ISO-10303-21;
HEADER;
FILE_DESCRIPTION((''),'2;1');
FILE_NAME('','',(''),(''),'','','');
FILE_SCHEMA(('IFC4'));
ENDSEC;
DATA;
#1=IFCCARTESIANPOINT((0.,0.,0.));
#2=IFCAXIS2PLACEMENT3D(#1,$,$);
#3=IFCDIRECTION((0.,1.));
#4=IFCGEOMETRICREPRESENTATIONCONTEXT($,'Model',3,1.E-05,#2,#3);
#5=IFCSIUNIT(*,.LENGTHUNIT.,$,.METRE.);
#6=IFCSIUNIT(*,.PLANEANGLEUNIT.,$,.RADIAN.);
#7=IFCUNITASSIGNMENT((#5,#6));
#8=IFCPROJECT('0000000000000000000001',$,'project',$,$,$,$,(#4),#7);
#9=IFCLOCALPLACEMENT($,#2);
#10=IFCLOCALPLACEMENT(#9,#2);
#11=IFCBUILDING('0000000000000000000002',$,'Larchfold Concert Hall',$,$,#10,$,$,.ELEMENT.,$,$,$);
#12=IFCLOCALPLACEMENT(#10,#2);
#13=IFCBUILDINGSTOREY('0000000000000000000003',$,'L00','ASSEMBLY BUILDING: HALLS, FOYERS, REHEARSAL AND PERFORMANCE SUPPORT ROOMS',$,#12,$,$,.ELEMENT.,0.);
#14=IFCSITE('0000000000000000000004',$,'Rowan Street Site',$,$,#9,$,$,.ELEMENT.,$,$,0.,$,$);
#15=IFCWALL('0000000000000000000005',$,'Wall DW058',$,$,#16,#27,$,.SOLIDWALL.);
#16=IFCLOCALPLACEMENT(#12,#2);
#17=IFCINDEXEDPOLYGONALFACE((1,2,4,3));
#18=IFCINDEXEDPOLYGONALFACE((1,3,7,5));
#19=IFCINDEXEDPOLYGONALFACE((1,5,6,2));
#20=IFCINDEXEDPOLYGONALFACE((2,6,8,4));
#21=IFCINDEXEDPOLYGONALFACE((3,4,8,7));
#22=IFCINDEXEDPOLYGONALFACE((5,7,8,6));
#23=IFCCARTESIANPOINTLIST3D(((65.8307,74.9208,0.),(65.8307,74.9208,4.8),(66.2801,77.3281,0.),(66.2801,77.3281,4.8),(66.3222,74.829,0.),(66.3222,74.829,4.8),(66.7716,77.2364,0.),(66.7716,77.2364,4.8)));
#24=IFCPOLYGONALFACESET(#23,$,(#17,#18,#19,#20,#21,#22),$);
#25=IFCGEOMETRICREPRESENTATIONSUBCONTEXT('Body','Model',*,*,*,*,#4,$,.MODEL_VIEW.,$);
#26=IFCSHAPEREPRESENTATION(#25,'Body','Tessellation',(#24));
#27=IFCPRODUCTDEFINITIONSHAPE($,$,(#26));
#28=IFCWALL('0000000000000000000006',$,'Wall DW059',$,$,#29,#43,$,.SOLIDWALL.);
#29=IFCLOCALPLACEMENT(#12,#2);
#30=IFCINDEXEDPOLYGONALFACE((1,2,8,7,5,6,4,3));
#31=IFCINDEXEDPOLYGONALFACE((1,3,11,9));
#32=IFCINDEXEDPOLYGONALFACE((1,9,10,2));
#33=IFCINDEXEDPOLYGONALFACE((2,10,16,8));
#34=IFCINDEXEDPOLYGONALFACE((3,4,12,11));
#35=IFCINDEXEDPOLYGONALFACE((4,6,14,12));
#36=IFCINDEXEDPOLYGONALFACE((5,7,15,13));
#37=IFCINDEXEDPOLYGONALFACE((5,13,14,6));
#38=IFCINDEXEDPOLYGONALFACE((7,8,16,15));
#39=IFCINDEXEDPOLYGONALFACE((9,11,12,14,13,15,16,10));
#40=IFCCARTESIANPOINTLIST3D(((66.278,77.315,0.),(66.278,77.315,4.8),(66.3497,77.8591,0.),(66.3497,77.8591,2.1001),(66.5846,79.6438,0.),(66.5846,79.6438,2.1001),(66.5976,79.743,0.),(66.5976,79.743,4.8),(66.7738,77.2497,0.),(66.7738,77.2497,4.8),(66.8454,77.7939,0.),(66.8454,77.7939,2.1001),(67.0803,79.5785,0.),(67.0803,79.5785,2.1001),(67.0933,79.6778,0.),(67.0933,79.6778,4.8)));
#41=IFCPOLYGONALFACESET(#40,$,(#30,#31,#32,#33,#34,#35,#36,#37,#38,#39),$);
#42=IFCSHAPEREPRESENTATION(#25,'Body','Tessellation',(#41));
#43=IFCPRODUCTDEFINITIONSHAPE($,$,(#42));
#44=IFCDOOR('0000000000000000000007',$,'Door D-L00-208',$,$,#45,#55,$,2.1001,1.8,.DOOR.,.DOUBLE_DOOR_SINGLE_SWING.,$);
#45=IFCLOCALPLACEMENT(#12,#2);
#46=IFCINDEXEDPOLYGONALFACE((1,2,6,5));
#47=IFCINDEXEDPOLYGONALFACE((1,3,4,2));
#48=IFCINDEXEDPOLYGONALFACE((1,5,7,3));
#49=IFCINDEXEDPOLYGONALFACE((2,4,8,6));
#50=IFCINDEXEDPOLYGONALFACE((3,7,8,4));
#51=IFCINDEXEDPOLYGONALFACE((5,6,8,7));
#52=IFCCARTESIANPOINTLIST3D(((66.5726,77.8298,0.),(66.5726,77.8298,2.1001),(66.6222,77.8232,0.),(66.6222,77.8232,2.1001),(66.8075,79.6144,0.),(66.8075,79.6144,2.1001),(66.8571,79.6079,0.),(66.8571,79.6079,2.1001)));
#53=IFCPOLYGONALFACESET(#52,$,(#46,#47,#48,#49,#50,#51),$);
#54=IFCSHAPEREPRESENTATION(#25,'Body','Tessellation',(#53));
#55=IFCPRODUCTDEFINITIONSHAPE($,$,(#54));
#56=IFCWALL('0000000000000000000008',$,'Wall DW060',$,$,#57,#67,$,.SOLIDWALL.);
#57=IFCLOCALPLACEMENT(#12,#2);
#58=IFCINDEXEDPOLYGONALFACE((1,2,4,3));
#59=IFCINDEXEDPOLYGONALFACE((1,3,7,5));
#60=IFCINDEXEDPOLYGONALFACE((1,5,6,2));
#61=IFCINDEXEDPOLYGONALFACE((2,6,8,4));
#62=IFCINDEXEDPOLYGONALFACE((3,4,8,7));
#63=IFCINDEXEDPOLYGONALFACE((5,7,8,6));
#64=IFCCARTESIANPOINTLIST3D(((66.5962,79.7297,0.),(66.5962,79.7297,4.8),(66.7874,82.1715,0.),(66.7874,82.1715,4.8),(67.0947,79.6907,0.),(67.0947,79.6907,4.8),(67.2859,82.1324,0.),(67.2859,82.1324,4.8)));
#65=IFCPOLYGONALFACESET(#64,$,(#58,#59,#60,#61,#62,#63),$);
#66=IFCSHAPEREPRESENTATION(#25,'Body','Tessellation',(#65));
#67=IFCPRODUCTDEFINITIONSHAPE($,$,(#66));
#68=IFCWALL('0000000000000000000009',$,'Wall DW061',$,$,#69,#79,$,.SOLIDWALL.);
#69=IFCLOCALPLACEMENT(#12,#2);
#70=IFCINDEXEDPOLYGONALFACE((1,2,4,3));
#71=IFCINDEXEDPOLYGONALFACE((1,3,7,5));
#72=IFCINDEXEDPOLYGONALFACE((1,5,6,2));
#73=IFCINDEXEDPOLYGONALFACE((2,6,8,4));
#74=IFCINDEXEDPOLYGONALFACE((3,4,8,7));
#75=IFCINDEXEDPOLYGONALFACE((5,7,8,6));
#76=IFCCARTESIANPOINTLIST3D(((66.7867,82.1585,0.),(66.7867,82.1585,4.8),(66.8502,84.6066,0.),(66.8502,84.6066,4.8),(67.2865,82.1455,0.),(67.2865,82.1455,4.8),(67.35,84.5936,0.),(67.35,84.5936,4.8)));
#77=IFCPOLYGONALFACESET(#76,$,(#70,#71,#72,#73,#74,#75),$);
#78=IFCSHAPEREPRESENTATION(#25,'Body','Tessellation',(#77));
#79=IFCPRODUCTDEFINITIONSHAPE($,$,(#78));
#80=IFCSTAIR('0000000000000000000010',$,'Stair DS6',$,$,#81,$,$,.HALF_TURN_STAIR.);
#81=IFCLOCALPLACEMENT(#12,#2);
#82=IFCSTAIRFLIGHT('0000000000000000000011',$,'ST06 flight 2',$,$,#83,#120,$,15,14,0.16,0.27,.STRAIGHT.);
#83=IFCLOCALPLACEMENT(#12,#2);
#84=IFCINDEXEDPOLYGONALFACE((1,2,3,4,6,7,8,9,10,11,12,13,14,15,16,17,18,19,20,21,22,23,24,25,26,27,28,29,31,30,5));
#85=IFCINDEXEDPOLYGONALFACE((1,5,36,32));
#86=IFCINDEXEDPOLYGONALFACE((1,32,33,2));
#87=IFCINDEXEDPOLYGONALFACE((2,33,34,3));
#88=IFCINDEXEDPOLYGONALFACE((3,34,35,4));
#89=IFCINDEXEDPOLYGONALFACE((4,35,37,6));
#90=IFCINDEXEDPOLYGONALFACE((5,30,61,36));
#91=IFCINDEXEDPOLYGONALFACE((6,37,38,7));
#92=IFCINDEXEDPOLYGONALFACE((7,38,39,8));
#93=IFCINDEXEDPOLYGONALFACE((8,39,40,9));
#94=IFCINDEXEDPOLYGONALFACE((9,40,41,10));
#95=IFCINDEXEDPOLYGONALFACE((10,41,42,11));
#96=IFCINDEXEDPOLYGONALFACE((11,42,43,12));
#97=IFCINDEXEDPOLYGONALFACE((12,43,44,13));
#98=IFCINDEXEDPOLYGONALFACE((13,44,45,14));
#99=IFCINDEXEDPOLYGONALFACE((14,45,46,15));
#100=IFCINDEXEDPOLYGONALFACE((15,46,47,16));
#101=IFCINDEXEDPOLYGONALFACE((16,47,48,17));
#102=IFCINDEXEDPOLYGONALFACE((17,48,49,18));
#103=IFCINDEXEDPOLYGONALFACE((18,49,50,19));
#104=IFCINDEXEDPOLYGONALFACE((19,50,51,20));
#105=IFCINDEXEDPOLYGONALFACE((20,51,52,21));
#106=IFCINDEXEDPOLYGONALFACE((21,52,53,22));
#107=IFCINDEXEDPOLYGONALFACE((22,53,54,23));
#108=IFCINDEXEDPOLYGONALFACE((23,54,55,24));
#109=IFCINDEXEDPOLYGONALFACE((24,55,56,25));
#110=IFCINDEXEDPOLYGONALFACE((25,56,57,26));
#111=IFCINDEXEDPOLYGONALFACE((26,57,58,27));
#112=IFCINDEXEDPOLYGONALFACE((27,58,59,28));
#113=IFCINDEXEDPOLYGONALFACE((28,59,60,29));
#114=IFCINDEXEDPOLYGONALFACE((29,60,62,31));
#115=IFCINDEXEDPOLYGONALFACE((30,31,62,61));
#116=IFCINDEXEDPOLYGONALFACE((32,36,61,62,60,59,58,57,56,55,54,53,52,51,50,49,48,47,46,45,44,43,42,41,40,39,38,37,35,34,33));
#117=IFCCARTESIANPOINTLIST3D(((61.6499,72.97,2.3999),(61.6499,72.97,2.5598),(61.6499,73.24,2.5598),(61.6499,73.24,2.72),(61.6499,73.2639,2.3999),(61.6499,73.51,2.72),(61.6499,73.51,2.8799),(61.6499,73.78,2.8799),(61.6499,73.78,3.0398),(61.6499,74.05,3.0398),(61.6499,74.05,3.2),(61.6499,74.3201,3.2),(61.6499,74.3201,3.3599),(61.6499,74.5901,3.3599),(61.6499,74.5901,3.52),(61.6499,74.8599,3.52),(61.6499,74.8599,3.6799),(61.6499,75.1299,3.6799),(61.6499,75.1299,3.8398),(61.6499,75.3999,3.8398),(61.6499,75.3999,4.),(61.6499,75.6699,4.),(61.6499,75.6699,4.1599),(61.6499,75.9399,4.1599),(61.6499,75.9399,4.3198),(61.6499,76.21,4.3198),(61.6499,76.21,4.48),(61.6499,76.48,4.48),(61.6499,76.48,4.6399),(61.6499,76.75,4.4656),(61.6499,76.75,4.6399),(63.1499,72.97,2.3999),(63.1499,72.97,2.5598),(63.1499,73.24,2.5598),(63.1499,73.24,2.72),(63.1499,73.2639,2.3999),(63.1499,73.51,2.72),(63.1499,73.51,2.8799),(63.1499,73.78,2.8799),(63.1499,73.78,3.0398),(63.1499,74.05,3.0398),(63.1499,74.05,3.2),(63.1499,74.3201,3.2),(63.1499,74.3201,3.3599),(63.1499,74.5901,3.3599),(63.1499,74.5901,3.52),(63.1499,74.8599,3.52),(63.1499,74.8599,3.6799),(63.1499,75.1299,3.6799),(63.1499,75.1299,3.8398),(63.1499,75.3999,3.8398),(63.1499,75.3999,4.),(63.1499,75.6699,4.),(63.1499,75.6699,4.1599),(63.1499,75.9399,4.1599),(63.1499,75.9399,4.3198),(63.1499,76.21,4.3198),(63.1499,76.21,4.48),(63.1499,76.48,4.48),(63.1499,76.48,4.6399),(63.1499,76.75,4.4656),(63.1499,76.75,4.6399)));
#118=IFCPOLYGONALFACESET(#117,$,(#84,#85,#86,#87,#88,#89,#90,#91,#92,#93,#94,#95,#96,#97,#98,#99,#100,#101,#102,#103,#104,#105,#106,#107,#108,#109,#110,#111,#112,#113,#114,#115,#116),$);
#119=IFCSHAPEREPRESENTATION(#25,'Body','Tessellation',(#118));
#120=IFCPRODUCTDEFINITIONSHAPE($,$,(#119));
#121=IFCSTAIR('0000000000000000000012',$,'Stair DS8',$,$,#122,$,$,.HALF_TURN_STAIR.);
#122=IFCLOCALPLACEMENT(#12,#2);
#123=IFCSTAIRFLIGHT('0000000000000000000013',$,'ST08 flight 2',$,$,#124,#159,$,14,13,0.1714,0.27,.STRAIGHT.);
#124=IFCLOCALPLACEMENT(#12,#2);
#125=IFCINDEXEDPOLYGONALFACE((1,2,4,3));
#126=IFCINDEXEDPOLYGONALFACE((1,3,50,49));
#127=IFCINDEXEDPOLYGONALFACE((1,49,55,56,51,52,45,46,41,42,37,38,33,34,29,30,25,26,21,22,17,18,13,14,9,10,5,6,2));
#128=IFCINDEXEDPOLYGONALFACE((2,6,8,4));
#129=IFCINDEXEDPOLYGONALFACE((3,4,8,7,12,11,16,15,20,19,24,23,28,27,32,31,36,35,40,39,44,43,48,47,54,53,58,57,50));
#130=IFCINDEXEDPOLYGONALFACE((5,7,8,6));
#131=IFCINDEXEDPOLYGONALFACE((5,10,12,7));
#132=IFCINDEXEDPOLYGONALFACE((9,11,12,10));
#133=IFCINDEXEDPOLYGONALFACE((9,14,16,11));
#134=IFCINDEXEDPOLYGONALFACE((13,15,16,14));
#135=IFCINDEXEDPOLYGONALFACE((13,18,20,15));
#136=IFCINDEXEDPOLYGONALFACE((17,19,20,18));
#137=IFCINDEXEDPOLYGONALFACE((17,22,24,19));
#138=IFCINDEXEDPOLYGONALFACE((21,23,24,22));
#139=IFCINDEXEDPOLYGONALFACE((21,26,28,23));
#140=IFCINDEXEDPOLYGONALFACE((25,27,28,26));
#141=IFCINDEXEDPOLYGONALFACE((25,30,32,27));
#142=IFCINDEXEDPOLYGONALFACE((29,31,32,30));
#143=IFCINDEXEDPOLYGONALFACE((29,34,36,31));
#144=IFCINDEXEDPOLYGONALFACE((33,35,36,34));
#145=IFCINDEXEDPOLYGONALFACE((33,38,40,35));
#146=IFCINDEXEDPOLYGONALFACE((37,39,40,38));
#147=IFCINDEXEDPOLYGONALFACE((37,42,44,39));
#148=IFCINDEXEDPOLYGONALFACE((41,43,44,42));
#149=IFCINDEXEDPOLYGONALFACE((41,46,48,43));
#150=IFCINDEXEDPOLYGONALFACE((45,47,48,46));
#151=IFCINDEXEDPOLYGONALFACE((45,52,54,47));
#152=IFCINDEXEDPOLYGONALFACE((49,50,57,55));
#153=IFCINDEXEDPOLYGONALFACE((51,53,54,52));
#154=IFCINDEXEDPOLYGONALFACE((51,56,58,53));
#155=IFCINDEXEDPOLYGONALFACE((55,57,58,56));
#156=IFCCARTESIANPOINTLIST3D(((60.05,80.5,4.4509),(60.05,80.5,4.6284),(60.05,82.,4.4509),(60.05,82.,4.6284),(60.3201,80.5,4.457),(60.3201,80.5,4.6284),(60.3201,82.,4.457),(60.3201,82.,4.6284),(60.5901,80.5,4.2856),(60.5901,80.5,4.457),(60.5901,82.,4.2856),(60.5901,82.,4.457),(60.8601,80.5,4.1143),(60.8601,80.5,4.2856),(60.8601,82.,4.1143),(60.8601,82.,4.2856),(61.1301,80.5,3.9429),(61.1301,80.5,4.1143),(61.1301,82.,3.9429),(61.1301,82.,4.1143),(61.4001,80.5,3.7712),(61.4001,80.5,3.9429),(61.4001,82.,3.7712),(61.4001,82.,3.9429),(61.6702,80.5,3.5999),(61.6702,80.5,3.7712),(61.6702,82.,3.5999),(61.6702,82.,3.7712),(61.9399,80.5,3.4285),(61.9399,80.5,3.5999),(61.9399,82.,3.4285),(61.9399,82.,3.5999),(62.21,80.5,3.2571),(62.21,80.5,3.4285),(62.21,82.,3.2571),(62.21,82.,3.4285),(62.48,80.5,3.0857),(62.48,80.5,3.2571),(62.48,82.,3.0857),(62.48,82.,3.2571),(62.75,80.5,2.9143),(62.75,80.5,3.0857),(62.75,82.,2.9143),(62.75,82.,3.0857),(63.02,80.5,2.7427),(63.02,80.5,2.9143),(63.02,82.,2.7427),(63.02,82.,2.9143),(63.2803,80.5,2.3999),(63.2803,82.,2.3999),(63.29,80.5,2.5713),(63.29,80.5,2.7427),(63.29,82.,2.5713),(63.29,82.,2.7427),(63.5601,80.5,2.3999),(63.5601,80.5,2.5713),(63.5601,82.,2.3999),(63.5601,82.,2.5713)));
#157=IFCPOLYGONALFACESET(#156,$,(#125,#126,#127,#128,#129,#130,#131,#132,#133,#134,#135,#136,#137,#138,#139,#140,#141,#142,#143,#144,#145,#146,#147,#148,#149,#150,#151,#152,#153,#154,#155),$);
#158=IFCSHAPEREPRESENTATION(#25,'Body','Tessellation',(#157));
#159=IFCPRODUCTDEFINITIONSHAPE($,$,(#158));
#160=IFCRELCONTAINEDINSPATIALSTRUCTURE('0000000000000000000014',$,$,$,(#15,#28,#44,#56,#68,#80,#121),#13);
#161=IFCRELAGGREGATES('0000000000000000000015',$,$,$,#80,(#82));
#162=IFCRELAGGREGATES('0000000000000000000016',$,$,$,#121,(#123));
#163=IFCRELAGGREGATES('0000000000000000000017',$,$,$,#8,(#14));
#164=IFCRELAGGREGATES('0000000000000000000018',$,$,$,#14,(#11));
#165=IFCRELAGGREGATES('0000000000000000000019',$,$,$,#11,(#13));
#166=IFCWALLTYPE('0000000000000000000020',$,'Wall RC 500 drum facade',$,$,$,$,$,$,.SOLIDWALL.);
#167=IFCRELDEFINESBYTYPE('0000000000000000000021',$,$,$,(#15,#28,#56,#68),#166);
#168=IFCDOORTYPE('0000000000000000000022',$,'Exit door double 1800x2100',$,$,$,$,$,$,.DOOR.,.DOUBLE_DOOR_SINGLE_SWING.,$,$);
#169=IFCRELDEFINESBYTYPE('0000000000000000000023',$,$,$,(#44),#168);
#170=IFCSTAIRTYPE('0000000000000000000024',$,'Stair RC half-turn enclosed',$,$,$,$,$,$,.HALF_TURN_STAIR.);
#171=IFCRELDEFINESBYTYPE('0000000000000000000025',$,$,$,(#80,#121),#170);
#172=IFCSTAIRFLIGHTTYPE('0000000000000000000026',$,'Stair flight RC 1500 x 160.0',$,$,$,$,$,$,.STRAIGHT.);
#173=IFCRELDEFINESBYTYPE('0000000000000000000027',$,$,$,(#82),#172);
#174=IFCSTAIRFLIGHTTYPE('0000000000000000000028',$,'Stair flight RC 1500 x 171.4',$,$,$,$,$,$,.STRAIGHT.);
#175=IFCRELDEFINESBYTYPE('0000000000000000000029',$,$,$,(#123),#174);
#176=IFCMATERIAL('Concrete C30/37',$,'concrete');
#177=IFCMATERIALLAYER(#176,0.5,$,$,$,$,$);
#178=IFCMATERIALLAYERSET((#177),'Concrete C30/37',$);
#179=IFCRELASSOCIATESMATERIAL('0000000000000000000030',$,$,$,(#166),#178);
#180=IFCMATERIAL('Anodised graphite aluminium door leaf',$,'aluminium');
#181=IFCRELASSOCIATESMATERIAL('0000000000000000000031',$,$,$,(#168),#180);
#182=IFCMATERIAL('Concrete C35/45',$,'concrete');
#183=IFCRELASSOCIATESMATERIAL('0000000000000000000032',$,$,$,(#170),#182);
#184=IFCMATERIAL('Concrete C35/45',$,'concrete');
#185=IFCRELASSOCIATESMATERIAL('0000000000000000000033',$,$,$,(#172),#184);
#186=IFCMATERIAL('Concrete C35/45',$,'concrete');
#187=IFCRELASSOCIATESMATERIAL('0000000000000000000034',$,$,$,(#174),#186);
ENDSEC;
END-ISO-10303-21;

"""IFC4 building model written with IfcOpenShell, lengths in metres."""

from ifc_helpers import new_model, si_unit, direction, frame, frame_2d, origin, place, context, subcontext, project, spatial, polyline, rectangle, outline, extrude, material, layer, layer_set, type_object, element, fill, aggregate, save


model = new_model("IFC4")

# Units and contexts
model_context = context("Model", 3, precision=1e-05, world=origin(), true_north=direction((0.0, 1.0)))
body_context = subcontext(model_context, "Body", "Model", "MODEL_VIEW")
ifc_project = project(units=[si_unit("LENGTHUNIT", "METRE"), si_unit("PLANEANGLEUNIT", "RADIAN")], contexts=[model_context])

# Site, building, storey
site_placement = place(None, origin())
site = spatial("IfcSite", under=ifc_project, at=site_placement, Name="Rowan Street Site", CompositionType="ELEMENT", RefElevation=0.0)
building_placement = place(site_placement, origin())
building = spatial("IfcBuilding", under=site, at=building_placement, Name="Larchfold Concert Hall", CompositionType="ELEMENT")
storey_placement = place(building_placement, origin())
storey = spatial("IfcBuildingStorey", under=building, at=storey_placement, Name="L00", Description="ASSEMBLY BUILDING: HALLS, FOYERS, REHEARSAL AND PERFORMANCE SUPPORT ROOMS", CompositionType="ELEMENT", Elevation=0.0)

# Shared definitions
ifc_material_1 = material(Name="Concrete C30/37", Category="concrete")
ifc_layer_1 = layer(ifc_material_1, 0.5)
ifc_layer_set_1 = layer_set([ifc_layer_1], Name="Concrete C30/37")
wall_type_1 = type_object("IfcWallType", Name="Wall RC 500 drum facade", PredefinedType="SOLIDWALL", material=ifc_layer_set_1)

# Shared definitions
ifc_material_2 = material(Name="Anodised graphite aluminium door leaf", Category="aluminium")
door_type_1 = type_object("IfcDoorType", Name="Exit door double 1800x2100", OperationType="DOUBLE_DOOR_SINGLE_SWING", PredefinedType="DOOR", material=ifc_material_2)

# Wall
wall_1_placement = place(storey_placement, frame((66.0764, 74.8748, 0.0), z_axis=(0.0, 0.0, 1.0), x_axis=(0.183524, 0.983015, 0.0)))
element("IfcWall", 1, at=wall_1_placement, inside=storey, type_object=wall_type_1, Name="Wall DW058", PredefinedType="SOLIDWALL", context=body_context, shape_type="SweptSolid", body=[
    extrude(rectangle(XDim=2.449, YDim=0.5, at=frame_2d((1.2246, 0.0))), origin(), (0.0, 0.0, 1.0), 4.8),
])

# Wall, opening, door
wall_2_placement = place(storey_placement, frame((66.5259, 77.2822, 0.0), z_axis=(0.0, 0.0, 1.0), x_axis=(0.130498, 0.991449, 0.0)))
wall_2 = element("IfcWall", 2, at=wall_2_placement, inside=storey, type_object=wall_type_1, Name="Wall DW059", PredefinedType="SOLIDWALL", context=body_context, shape_type="SweptSolid", body=[
    extrude(rectangle(XDim=2.449, YDim=0.5, at=frame_2d((1.2246, 0.0))), origin(), (0.0, 0.0, 1.0), 4.8),
])
opening_1_placement = place(wall_2_placement, frame((2.3489, 0.0, 0.0), z_axis=(0.0, 0.0, 1.0), x_axis=(-1.0, 0.0, 0.0)))
opening_1 = element("IfcOpeningElement", 3, at=opening_1_placement, cuts=wall_2, PredefinedType="OPENING", context=body_context, shape_type="SweptSolid", body=[
    extrude(rectangle(XDim=1.8, YDim=2.1001, at=frame_2d((0.8999, 1.05))), frame((0.0, 0.26, 0.0), z_axis=(0.0, -1.0, 0.0), x_axis=(1.0, 0.0, 0.0)), (0.0, 0.0, 1.0), 0.52),
])
door_1_placement = place(opening_1_placement, origin())
door_1 = element("IfcDoor", 4, at=door_1_placement, inside=storey, type_object=door_type_1, Name="Door D-L00-208", OperationType="DOUBLE_DOOR_SINGLE_SWING", OverallHeight=2.1001, OverallWidth=1.8, PredefinedType="DOOR", context=body_context, shape_type="SweptSolid", body=[
    extrude(rectangle(XDim=1.8, YDim=2.1001, at=frame_2d((0.8999, 1.05))), frame((0.0, 0.0249, 0.0), z_axis=(0.0, -1.0, 0.0), x_axis=(1.0, 0.0, 0.0)), (0.0, 0.0, 1.0), 0.05),
])
fill(opening_1, door_1)

# Walls
wall_3_placement = place(storey_placement, frame((66.8455, 79.7102, 0.0), z_axis=(0.0, 0.0, 1.0), x_axis=(0.078053, 0.996949, 0.0)))
element("IfcWall", 5, at=wall_3_placement, inside=storey, type_object=wall_type_1, Name="Wall DW060", PredefinedType="SOLIDWALL", context=body_context, shape_type="SweptSolid", body=[
    extrude(rectangle(XDim=2.4492, YDim=0.5, at=frame_2d((1.2246, 0.0))), origin(), (0.0, 0.0, 1.0), 4.8),
])
wall_4_placement = place(storey_placement, frame((67.0366, 82.1519, 0.0), z_axis=(0.0, 0.0, 1.0), x_axis=(0.025919, 0.999664, 0.0)))
element("IfcWall", 6, at=wall_4_placement, inside=storey, type_object=wall_type_1, Name="Wall DW061", PredefinedType="SOLIDWALL", context=body_context, shape_type="SweptSolid", body=[
    extrude(rectangle(XDim=2.449, YDim=0.5, at=frame_2d((1.2246, 0.0))), origin(), (0.0, 0.0, 1.0), 4.8),
])

# Stairs, stair flights
ifc_material_3 = material(Name="Concrete C35/45", Category="concrete")
stair_type = type_object("IfcStairType", Name="Stair RC half-turn enclosed", PredefinedType="HALF_TURN_STAIR", material=ifc_material_3)
stair_1_placement = place(storey_placement, origin())
stair_1 = element("IfcStair", 7, at=stair_1_placement, inside=storey, type_object=stair_type, Name="Stair DS6", PredefinedType="HALF_TURN_STAIR")
ifc_material_4 = material(Name="Concrete C35/45", Category="concrete")
stair_flight_type_1 = type_object("IfcStairFlightType", Name="Stair flight RC 1500 x 160.0", PredefinedType="STRAIGHT", material=ifc_material_4)
stair_flight_1_placement = place(storey_placement, frame((62.3999, 72.97, 2.3999), z_axis=(0.0, 0.0, 1.0), x_axis=(0.0, 1.0, 0.0)))
stair_flight_1 = element("IfcStairFlight", 8, at=stair_flight_1_placement, type_object=stair_flight_type_1, Name="ST06 flight 2", NumberOfRisers=15, NumberOfTreads=14, PredefinedType="STRAIGHT", RiserHeight=0.16, TreadLength=0.27, context=body_context, shape_type="SweptSolid", body=[
    extrude(outline(polyline([(0.0, 0.0), (0.0, 0.1599), (0.27, 0.1599), (0.27, 0.3201), (0.54, 0.3201), (0.54, 0.48), (0.8101, 0.48), (0.8101, 0.6399), (1.0801, 0.6399), (1.0801, 0.8), (1.3501, 0.8), (1.3501, 0.96), (1.6201, 0.96), (1.6201, 1.1201), (1.8899, 1.1201), (1.8899, 1.28), (2.1599, 1.28), (2.1599, 1.4399), (2.4299, 1.4399), (2.4299, 1.6001), (2.7, 1.6001), (2.7, 1.76), (2.97, 1.76), (2.97, 1.9199), (3.24, 1.9199), (3.24, 2.0801), (3.51, 2.0801), (3.51, 2.24), (3.78, 2.24), (3.78, 2.3999), (3.78, 2.0657), (0.2939, 0.0), (0.0, 0.0)])), frame((0.0, 0.75, 0.0), z_axis=(0.0, -1.0, 0.0), x_axis=(1.0, 0.0, 0.0)), (0.0, 0.0, 1.0), 1.5),
])
aggregate(stair_1, [stair_flight_1])
stair_2_placement = place(storey_placement, origin())
stair_2 = element("IfcStair", 9, at=stair_2_placement, inside=storey, type_object=stair_type, Name="Stair DS8", PredefinedType="HALF_TURN_STAIR")
ifc_material_5 = material(Name="Concrete C35/45", Category="concrete")
stair_flight_type_2 = type_object("IfcStairFlightType", Name="Stair flight RC 1500 x 171.4", PredefinedType="STRAIGHT", material=ifc_material_5)
stair_flight_2_placement = place(storey_placement, frame((63.5601, 81.25, 2.3999), z_axis=(0.0, 0.0, 1.0), x_axis=(-1.0, 0.0, 0.0)))
stair_flight_2 = element("IfcStairFlight", 10, at=stair_flight_2_placement, type_object=stair_flight_type_2, Name="ST08 flight 2", NumberOfRisers=14, NumberOfTreads=13, PredefinedType="STRAIGHT", RiserHeight=0.1714, TreadLength=0.27, context=body_context, shape_type="SweptSolid", body=[
    extrude(outline(polyline([(0.0, 0.0), (0.0, 0.1714), (0.27, 0.1714), (0.27, 0.3428), (0.54, 0.3428), (0.54, 0.5144), (0.8101, 0.5144), (0.8101, 0.6858), (1.0801, 0.6858), (1.0801, 0.8572), (1.3501, 0.8572), (1.3501, 1.0286), (1.6201, 1.0286), (1.6201, 1.2), (1.8899, 1.2), (1.8899, 1.3713), (2.1599, 1.3713), (2.1599, 1.543), (2.4299, 1.543), (2.4299, 1.7144), (2.7, 1.7144), (2.7, 1.8857), (2.97, 1.8857), (2.97, 2.0571), (3.24, 2.0571), (3.24, 2.2285), (3.51, 2.2285), (3.51, 2.3999), (3.51, 2.051), (0.2798, 0.0), (0.0, 0.0)])), frame((0.0, 0.75, 0.0), z_axis=(0.0, -1.0, 0.0), x_axis=(1.0, 0.0, 0.0)), (0.0, 0.0, 1.0), 1.5),
])
aggregate(stair_2, [stair_flight_2])

save(model, "model.ifc")
